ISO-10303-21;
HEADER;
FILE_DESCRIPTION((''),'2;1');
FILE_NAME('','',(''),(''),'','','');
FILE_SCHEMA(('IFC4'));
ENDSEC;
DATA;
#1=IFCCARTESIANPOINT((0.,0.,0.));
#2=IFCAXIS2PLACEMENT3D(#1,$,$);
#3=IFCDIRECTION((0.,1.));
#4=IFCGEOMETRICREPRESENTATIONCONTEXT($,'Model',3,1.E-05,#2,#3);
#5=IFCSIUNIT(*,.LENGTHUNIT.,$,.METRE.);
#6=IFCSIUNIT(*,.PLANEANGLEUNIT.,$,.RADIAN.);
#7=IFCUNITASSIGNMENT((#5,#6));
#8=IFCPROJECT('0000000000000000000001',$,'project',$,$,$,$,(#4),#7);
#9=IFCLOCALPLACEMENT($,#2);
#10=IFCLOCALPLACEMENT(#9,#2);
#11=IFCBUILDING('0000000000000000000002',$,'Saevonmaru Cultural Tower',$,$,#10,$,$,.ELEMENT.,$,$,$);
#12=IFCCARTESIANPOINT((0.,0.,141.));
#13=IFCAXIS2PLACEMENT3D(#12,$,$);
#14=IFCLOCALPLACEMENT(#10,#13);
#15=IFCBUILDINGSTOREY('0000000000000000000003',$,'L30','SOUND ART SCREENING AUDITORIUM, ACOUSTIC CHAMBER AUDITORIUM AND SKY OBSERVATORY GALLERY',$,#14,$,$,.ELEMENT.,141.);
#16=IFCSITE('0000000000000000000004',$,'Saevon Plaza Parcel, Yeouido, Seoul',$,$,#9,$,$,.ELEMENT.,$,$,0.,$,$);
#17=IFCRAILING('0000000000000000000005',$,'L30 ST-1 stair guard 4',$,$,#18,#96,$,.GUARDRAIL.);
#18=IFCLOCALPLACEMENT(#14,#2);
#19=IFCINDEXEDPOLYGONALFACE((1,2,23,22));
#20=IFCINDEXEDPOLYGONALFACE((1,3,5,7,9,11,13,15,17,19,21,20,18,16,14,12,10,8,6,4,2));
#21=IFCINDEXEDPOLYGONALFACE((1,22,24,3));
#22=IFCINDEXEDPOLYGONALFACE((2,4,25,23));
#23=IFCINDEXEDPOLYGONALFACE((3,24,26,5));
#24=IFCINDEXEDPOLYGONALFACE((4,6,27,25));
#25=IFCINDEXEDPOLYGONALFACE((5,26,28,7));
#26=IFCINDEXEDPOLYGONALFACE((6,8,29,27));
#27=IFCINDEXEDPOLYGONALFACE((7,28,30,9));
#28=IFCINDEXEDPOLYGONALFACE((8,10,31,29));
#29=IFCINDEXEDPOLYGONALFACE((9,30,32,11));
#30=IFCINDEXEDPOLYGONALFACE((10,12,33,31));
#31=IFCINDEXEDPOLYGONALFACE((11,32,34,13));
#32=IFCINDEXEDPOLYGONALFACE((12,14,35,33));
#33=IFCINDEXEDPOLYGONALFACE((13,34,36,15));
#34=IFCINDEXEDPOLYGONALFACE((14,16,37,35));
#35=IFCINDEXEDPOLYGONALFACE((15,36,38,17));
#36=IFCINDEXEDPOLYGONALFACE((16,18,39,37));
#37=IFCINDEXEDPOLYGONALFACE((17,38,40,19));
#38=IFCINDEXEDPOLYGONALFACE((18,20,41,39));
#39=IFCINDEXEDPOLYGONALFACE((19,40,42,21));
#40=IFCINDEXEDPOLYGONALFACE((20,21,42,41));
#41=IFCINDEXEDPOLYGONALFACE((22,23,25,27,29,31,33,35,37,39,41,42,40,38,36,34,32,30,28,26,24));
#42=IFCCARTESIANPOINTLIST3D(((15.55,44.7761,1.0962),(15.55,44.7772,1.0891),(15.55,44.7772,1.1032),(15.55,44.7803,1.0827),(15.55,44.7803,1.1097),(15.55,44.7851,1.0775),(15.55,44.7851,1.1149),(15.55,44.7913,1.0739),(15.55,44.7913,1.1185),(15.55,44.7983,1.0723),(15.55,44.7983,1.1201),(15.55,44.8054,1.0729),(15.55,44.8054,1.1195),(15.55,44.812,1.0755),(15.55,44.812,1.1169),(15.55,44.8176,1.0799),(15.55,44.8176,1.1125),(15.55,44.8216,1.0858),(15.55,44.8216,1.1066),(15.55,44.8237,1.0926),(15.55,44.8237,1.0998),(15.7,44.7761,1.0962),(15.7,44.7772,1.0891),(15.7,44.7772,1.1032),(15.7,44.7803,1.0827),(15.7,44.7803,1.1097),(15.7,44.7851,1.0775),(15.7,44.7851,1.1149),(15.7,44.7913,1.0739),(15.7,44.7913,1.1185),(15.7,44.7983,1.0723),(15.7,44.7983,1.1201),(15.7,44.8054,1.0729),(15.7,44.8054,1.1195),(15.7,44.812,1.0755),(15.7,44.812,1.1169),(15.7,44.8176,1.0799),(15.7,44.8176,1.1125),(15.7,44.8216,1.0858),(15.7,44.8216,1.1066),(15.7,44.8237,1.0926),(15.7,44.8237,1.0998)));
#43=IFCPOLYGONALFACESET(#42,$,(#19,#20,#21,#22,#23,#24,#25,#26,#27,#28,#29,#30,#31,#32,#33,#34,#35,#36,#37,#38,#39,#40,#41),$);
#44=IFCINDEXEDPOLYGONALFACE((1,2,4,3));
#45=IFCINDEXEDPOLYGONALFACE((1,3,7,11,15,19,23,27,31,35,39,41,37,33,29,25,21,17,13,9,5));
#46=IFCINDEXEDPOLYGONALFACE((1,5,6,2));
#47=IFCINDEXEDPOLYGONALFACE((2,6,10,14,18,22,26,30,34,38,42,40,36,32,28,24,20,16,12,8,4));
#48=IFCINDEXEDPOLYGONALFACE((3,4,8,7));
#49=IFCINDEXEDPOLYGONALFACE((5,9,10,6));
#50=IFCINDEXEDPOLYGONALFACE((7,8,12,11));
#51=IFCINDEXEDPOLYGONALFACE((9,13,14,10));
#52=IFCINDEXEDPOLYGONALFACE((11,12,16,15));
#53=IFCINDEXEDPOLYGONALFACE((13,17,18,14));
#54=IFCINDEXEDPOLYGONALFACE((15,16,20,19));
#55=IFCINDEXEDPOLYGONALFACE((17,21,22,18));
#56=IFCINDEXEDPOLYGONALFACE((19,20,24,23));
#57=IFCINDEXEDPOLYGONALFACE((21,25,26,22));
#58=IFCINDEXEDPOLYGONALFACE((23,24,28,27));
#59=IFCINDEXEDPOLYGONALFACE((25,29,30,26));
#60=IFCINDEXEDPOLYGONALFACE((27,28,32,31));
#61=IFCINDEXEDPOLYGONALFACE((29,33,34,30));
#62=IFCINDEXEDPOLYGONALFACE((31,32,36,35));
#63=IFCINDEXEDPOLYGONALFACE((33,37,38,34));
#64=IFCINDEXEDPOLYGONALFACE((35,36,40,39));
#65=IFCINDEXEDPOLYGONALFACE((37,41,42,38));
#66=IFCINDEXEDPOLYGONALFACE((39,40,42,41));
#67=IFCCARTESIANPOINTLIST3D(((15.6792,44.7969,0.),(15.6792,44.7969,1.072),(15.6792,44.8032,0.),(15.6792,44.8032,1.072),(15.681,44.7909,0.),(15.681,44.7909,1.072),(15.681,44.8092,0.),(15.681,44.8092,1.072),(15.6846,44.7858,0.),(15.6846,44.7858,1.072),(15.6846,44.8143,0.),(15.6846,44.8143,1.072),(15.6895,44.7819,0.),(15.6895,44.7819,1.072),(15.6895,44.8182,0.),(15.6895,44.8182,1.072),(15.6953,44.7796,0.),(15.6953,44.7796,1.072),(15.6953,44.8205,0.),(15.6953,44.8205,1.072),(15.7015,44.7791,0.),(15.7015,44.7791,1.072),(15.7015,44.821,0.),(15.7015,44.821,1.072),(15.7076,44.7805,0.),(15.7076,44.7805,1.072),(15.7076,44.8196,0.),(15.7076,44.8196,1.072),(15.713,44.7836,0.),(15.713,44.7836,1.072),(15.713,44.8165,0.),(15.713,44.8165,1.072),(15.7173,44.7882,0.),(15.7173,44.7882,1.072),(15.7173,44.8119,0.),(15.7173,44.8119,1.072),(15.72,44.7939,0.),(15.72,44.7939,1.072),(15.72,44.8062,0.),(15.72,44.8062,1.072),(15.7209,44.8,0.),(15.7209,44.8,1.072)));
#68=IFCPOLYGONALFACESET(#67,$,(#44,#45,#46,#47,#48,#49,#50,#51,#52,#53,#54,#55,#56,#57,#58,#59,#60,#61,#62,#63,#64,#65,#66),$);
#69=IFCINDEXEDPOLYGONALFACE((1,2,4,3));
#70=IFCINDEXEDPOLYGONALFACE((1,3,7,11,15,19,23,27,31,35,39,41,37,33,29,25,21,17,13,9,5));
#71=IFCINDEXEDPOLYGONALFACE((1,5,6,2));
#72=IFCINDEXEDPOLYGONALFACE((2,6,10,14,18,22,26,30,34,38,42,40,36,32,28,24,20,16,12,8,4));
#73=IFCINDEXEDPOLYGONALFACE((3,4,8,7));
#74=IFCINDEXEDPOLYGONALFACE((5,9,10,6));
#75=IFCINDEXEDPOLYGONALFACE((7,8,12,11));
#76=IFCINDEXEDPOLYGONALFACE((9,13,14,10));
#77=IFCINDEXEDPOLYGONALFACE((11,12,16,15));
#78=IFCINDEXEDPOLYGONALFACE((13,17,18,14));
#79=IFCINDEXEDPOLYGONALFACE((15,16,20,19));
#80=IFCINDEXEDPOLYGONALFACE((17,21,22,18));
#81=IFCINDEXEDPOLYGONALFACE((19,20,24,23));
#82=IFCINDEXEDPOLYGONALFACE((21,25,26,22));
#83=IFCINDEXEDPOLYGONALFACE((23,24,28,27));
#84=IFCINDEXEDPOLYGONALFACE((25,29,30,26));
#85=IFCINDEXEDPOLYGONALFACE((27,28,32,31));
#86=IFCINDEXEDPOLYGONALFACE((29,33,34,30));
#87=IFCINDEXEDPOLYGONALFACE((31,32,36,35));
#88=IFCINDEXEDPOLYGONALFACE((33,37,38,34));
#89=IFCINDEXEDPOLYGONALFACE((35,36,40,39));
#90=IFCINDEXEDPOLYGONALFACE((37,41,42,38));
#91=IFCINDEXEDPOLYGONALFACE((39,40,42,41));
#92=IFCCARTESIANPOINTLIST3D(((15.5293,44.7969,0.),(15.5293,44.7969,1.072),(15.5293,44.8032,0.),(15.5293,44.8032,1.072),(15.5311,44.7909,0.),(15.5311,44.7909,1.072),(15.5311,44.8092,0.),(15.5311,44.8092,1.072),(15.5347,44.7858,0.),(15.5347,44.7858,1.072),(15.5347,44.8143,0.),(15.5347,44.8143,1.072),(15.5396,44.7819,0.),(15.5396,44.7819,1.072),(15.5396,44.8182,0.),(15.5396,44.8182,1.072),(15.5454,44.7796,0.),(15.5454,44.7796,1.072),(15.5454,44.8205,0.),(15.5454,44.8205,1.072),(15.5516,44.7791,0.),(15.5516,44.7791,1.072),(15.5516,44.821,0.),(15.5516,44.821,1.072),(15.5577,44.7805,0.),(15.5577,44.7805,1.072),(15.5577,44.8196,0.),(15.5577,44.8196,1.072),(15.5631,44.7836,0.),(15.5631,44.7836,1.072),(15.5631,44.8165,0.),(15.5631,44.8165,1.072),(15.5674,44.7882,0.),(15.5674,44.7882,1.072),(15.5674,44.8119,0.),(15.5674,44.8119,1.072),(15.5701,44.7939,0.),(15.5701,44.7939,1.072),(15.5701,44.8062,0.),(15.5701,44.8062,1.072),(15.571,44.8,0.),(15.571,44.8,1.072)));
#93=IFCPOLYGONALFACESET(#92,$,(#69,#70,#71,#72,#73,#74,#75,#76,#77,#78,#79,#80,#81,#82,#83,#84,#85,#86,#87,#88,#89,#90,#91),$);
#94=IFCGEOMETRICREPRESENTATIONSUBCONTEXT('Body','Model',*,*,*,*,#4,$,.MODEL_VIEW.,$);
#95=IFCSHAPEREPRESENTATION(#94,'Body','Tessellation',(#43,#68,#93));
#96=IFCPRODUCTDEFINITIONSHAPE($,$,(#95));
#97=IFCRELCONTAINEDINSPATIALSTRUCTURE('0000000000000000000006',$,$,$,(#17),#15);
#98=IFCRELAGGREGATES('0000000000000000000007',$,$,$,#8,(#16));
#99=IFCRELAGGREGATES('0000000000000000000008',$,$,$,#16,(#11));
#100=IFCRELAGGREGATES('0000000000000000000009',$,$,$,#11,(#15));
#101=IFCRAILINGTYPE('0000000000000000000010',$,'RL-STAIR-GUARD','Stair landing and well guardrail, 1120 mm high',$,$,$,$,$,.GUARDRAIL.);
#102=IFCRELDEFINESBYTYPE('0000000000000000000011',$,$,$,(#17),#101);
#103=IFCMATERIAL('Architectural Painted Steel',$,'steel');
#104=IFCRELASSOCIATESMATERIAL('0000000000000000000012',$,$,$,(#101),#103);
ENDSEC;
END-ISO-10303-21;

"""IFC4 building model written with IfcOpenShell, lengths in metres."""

from ifc_helpers import new_model, si_unit, direction, frame, origin, origin_2d, place, context, subcontext, project, spatial, circle, extrude, material, type_object, element, save


model = new_model("IFC4")

# Units and contexts
model_context = context("Model", 3, precision=1e-05, world=origin(), true_north=direction((0.0, 1.0)))
body_context = subcontext(model_context, "Body", "Model", "MODEL_VIEW")
ifc_project = project(units=[si_unit("LENGTHUNIT", "METRE"), si_unit("PLANEANGLEUNIT", "RADIAN")], contexts=[model_context])

# Site, building, storey
site_placement = place(None, origin())
site = spatial("IfcSite", under=ifc_project, at=site_placement, Name="Saevon Plaza Parcel, Yeouido, Seoul", CompositionType="ELEMENT", RefElevation=0.0)
building_placement = place(site_placement, origin())
building = spatial("IfcBuilding", under=site, at=building_placement, Name="Saevonmaru Cultural Tower", CompositionType="ELEMENT")
storey_placement = place(building_placement, frame((0.0, 0.0, 141.0)))
storey = spatial("IfcBuildingStorey", under=building, at=storey_placement, Name="L30", Description="SOUND ART SCREENING AUDITORIUM, ACOUSTIC CHAMBER AUDITORIUM AND SKY OBSERVATORY GALLERY", CompositionType="ELEMENT", Elevation=141.0)

# Railing
ifc_material_1 = material(Name="Architectural Painted Steel", Category="steel")
railing_type_1 = type_object("IfcRailingType", Name="RL-STAIR-GUARD", Description="Stair landing and well guardrail, 1120 mm high", PredefinedType="GUARDRAIL", material=ifc_material_1)
railing_1_placement = place(storey_placement, frame((15.7, 44.8, 0.0)))
element("IfcRailing", 1, at=railing_1_placement, inside=storey, type_object=railing_type_1, Name="L30 ST-1 stair guard 4", PredefinedType="GUARDRAIL", context=body_context, shape_type="SweptSolid", body=[
    extrude(circle(Radius=0.0239, at=origin_2d()), frame((0.0, 0.0, 1.0962), z_axis=(-1.0, 0.0, 0.0), x_axis=(0.0, -1.0, 0.0)), (0.0, 0.0, 1.0), 0.1499),
    extrude(circle(Radius=0.021, at=origin_2d()), origin(), (0.0, 0.0, 1.0), 1.072),
    extrude(circle(Radius=0.021, at=origin_2d()), frame((-0.1499, 0.0, 0.0)), (0.0, 0.0, 1.0), 1.072),
])

save(model, "model.ifc")
